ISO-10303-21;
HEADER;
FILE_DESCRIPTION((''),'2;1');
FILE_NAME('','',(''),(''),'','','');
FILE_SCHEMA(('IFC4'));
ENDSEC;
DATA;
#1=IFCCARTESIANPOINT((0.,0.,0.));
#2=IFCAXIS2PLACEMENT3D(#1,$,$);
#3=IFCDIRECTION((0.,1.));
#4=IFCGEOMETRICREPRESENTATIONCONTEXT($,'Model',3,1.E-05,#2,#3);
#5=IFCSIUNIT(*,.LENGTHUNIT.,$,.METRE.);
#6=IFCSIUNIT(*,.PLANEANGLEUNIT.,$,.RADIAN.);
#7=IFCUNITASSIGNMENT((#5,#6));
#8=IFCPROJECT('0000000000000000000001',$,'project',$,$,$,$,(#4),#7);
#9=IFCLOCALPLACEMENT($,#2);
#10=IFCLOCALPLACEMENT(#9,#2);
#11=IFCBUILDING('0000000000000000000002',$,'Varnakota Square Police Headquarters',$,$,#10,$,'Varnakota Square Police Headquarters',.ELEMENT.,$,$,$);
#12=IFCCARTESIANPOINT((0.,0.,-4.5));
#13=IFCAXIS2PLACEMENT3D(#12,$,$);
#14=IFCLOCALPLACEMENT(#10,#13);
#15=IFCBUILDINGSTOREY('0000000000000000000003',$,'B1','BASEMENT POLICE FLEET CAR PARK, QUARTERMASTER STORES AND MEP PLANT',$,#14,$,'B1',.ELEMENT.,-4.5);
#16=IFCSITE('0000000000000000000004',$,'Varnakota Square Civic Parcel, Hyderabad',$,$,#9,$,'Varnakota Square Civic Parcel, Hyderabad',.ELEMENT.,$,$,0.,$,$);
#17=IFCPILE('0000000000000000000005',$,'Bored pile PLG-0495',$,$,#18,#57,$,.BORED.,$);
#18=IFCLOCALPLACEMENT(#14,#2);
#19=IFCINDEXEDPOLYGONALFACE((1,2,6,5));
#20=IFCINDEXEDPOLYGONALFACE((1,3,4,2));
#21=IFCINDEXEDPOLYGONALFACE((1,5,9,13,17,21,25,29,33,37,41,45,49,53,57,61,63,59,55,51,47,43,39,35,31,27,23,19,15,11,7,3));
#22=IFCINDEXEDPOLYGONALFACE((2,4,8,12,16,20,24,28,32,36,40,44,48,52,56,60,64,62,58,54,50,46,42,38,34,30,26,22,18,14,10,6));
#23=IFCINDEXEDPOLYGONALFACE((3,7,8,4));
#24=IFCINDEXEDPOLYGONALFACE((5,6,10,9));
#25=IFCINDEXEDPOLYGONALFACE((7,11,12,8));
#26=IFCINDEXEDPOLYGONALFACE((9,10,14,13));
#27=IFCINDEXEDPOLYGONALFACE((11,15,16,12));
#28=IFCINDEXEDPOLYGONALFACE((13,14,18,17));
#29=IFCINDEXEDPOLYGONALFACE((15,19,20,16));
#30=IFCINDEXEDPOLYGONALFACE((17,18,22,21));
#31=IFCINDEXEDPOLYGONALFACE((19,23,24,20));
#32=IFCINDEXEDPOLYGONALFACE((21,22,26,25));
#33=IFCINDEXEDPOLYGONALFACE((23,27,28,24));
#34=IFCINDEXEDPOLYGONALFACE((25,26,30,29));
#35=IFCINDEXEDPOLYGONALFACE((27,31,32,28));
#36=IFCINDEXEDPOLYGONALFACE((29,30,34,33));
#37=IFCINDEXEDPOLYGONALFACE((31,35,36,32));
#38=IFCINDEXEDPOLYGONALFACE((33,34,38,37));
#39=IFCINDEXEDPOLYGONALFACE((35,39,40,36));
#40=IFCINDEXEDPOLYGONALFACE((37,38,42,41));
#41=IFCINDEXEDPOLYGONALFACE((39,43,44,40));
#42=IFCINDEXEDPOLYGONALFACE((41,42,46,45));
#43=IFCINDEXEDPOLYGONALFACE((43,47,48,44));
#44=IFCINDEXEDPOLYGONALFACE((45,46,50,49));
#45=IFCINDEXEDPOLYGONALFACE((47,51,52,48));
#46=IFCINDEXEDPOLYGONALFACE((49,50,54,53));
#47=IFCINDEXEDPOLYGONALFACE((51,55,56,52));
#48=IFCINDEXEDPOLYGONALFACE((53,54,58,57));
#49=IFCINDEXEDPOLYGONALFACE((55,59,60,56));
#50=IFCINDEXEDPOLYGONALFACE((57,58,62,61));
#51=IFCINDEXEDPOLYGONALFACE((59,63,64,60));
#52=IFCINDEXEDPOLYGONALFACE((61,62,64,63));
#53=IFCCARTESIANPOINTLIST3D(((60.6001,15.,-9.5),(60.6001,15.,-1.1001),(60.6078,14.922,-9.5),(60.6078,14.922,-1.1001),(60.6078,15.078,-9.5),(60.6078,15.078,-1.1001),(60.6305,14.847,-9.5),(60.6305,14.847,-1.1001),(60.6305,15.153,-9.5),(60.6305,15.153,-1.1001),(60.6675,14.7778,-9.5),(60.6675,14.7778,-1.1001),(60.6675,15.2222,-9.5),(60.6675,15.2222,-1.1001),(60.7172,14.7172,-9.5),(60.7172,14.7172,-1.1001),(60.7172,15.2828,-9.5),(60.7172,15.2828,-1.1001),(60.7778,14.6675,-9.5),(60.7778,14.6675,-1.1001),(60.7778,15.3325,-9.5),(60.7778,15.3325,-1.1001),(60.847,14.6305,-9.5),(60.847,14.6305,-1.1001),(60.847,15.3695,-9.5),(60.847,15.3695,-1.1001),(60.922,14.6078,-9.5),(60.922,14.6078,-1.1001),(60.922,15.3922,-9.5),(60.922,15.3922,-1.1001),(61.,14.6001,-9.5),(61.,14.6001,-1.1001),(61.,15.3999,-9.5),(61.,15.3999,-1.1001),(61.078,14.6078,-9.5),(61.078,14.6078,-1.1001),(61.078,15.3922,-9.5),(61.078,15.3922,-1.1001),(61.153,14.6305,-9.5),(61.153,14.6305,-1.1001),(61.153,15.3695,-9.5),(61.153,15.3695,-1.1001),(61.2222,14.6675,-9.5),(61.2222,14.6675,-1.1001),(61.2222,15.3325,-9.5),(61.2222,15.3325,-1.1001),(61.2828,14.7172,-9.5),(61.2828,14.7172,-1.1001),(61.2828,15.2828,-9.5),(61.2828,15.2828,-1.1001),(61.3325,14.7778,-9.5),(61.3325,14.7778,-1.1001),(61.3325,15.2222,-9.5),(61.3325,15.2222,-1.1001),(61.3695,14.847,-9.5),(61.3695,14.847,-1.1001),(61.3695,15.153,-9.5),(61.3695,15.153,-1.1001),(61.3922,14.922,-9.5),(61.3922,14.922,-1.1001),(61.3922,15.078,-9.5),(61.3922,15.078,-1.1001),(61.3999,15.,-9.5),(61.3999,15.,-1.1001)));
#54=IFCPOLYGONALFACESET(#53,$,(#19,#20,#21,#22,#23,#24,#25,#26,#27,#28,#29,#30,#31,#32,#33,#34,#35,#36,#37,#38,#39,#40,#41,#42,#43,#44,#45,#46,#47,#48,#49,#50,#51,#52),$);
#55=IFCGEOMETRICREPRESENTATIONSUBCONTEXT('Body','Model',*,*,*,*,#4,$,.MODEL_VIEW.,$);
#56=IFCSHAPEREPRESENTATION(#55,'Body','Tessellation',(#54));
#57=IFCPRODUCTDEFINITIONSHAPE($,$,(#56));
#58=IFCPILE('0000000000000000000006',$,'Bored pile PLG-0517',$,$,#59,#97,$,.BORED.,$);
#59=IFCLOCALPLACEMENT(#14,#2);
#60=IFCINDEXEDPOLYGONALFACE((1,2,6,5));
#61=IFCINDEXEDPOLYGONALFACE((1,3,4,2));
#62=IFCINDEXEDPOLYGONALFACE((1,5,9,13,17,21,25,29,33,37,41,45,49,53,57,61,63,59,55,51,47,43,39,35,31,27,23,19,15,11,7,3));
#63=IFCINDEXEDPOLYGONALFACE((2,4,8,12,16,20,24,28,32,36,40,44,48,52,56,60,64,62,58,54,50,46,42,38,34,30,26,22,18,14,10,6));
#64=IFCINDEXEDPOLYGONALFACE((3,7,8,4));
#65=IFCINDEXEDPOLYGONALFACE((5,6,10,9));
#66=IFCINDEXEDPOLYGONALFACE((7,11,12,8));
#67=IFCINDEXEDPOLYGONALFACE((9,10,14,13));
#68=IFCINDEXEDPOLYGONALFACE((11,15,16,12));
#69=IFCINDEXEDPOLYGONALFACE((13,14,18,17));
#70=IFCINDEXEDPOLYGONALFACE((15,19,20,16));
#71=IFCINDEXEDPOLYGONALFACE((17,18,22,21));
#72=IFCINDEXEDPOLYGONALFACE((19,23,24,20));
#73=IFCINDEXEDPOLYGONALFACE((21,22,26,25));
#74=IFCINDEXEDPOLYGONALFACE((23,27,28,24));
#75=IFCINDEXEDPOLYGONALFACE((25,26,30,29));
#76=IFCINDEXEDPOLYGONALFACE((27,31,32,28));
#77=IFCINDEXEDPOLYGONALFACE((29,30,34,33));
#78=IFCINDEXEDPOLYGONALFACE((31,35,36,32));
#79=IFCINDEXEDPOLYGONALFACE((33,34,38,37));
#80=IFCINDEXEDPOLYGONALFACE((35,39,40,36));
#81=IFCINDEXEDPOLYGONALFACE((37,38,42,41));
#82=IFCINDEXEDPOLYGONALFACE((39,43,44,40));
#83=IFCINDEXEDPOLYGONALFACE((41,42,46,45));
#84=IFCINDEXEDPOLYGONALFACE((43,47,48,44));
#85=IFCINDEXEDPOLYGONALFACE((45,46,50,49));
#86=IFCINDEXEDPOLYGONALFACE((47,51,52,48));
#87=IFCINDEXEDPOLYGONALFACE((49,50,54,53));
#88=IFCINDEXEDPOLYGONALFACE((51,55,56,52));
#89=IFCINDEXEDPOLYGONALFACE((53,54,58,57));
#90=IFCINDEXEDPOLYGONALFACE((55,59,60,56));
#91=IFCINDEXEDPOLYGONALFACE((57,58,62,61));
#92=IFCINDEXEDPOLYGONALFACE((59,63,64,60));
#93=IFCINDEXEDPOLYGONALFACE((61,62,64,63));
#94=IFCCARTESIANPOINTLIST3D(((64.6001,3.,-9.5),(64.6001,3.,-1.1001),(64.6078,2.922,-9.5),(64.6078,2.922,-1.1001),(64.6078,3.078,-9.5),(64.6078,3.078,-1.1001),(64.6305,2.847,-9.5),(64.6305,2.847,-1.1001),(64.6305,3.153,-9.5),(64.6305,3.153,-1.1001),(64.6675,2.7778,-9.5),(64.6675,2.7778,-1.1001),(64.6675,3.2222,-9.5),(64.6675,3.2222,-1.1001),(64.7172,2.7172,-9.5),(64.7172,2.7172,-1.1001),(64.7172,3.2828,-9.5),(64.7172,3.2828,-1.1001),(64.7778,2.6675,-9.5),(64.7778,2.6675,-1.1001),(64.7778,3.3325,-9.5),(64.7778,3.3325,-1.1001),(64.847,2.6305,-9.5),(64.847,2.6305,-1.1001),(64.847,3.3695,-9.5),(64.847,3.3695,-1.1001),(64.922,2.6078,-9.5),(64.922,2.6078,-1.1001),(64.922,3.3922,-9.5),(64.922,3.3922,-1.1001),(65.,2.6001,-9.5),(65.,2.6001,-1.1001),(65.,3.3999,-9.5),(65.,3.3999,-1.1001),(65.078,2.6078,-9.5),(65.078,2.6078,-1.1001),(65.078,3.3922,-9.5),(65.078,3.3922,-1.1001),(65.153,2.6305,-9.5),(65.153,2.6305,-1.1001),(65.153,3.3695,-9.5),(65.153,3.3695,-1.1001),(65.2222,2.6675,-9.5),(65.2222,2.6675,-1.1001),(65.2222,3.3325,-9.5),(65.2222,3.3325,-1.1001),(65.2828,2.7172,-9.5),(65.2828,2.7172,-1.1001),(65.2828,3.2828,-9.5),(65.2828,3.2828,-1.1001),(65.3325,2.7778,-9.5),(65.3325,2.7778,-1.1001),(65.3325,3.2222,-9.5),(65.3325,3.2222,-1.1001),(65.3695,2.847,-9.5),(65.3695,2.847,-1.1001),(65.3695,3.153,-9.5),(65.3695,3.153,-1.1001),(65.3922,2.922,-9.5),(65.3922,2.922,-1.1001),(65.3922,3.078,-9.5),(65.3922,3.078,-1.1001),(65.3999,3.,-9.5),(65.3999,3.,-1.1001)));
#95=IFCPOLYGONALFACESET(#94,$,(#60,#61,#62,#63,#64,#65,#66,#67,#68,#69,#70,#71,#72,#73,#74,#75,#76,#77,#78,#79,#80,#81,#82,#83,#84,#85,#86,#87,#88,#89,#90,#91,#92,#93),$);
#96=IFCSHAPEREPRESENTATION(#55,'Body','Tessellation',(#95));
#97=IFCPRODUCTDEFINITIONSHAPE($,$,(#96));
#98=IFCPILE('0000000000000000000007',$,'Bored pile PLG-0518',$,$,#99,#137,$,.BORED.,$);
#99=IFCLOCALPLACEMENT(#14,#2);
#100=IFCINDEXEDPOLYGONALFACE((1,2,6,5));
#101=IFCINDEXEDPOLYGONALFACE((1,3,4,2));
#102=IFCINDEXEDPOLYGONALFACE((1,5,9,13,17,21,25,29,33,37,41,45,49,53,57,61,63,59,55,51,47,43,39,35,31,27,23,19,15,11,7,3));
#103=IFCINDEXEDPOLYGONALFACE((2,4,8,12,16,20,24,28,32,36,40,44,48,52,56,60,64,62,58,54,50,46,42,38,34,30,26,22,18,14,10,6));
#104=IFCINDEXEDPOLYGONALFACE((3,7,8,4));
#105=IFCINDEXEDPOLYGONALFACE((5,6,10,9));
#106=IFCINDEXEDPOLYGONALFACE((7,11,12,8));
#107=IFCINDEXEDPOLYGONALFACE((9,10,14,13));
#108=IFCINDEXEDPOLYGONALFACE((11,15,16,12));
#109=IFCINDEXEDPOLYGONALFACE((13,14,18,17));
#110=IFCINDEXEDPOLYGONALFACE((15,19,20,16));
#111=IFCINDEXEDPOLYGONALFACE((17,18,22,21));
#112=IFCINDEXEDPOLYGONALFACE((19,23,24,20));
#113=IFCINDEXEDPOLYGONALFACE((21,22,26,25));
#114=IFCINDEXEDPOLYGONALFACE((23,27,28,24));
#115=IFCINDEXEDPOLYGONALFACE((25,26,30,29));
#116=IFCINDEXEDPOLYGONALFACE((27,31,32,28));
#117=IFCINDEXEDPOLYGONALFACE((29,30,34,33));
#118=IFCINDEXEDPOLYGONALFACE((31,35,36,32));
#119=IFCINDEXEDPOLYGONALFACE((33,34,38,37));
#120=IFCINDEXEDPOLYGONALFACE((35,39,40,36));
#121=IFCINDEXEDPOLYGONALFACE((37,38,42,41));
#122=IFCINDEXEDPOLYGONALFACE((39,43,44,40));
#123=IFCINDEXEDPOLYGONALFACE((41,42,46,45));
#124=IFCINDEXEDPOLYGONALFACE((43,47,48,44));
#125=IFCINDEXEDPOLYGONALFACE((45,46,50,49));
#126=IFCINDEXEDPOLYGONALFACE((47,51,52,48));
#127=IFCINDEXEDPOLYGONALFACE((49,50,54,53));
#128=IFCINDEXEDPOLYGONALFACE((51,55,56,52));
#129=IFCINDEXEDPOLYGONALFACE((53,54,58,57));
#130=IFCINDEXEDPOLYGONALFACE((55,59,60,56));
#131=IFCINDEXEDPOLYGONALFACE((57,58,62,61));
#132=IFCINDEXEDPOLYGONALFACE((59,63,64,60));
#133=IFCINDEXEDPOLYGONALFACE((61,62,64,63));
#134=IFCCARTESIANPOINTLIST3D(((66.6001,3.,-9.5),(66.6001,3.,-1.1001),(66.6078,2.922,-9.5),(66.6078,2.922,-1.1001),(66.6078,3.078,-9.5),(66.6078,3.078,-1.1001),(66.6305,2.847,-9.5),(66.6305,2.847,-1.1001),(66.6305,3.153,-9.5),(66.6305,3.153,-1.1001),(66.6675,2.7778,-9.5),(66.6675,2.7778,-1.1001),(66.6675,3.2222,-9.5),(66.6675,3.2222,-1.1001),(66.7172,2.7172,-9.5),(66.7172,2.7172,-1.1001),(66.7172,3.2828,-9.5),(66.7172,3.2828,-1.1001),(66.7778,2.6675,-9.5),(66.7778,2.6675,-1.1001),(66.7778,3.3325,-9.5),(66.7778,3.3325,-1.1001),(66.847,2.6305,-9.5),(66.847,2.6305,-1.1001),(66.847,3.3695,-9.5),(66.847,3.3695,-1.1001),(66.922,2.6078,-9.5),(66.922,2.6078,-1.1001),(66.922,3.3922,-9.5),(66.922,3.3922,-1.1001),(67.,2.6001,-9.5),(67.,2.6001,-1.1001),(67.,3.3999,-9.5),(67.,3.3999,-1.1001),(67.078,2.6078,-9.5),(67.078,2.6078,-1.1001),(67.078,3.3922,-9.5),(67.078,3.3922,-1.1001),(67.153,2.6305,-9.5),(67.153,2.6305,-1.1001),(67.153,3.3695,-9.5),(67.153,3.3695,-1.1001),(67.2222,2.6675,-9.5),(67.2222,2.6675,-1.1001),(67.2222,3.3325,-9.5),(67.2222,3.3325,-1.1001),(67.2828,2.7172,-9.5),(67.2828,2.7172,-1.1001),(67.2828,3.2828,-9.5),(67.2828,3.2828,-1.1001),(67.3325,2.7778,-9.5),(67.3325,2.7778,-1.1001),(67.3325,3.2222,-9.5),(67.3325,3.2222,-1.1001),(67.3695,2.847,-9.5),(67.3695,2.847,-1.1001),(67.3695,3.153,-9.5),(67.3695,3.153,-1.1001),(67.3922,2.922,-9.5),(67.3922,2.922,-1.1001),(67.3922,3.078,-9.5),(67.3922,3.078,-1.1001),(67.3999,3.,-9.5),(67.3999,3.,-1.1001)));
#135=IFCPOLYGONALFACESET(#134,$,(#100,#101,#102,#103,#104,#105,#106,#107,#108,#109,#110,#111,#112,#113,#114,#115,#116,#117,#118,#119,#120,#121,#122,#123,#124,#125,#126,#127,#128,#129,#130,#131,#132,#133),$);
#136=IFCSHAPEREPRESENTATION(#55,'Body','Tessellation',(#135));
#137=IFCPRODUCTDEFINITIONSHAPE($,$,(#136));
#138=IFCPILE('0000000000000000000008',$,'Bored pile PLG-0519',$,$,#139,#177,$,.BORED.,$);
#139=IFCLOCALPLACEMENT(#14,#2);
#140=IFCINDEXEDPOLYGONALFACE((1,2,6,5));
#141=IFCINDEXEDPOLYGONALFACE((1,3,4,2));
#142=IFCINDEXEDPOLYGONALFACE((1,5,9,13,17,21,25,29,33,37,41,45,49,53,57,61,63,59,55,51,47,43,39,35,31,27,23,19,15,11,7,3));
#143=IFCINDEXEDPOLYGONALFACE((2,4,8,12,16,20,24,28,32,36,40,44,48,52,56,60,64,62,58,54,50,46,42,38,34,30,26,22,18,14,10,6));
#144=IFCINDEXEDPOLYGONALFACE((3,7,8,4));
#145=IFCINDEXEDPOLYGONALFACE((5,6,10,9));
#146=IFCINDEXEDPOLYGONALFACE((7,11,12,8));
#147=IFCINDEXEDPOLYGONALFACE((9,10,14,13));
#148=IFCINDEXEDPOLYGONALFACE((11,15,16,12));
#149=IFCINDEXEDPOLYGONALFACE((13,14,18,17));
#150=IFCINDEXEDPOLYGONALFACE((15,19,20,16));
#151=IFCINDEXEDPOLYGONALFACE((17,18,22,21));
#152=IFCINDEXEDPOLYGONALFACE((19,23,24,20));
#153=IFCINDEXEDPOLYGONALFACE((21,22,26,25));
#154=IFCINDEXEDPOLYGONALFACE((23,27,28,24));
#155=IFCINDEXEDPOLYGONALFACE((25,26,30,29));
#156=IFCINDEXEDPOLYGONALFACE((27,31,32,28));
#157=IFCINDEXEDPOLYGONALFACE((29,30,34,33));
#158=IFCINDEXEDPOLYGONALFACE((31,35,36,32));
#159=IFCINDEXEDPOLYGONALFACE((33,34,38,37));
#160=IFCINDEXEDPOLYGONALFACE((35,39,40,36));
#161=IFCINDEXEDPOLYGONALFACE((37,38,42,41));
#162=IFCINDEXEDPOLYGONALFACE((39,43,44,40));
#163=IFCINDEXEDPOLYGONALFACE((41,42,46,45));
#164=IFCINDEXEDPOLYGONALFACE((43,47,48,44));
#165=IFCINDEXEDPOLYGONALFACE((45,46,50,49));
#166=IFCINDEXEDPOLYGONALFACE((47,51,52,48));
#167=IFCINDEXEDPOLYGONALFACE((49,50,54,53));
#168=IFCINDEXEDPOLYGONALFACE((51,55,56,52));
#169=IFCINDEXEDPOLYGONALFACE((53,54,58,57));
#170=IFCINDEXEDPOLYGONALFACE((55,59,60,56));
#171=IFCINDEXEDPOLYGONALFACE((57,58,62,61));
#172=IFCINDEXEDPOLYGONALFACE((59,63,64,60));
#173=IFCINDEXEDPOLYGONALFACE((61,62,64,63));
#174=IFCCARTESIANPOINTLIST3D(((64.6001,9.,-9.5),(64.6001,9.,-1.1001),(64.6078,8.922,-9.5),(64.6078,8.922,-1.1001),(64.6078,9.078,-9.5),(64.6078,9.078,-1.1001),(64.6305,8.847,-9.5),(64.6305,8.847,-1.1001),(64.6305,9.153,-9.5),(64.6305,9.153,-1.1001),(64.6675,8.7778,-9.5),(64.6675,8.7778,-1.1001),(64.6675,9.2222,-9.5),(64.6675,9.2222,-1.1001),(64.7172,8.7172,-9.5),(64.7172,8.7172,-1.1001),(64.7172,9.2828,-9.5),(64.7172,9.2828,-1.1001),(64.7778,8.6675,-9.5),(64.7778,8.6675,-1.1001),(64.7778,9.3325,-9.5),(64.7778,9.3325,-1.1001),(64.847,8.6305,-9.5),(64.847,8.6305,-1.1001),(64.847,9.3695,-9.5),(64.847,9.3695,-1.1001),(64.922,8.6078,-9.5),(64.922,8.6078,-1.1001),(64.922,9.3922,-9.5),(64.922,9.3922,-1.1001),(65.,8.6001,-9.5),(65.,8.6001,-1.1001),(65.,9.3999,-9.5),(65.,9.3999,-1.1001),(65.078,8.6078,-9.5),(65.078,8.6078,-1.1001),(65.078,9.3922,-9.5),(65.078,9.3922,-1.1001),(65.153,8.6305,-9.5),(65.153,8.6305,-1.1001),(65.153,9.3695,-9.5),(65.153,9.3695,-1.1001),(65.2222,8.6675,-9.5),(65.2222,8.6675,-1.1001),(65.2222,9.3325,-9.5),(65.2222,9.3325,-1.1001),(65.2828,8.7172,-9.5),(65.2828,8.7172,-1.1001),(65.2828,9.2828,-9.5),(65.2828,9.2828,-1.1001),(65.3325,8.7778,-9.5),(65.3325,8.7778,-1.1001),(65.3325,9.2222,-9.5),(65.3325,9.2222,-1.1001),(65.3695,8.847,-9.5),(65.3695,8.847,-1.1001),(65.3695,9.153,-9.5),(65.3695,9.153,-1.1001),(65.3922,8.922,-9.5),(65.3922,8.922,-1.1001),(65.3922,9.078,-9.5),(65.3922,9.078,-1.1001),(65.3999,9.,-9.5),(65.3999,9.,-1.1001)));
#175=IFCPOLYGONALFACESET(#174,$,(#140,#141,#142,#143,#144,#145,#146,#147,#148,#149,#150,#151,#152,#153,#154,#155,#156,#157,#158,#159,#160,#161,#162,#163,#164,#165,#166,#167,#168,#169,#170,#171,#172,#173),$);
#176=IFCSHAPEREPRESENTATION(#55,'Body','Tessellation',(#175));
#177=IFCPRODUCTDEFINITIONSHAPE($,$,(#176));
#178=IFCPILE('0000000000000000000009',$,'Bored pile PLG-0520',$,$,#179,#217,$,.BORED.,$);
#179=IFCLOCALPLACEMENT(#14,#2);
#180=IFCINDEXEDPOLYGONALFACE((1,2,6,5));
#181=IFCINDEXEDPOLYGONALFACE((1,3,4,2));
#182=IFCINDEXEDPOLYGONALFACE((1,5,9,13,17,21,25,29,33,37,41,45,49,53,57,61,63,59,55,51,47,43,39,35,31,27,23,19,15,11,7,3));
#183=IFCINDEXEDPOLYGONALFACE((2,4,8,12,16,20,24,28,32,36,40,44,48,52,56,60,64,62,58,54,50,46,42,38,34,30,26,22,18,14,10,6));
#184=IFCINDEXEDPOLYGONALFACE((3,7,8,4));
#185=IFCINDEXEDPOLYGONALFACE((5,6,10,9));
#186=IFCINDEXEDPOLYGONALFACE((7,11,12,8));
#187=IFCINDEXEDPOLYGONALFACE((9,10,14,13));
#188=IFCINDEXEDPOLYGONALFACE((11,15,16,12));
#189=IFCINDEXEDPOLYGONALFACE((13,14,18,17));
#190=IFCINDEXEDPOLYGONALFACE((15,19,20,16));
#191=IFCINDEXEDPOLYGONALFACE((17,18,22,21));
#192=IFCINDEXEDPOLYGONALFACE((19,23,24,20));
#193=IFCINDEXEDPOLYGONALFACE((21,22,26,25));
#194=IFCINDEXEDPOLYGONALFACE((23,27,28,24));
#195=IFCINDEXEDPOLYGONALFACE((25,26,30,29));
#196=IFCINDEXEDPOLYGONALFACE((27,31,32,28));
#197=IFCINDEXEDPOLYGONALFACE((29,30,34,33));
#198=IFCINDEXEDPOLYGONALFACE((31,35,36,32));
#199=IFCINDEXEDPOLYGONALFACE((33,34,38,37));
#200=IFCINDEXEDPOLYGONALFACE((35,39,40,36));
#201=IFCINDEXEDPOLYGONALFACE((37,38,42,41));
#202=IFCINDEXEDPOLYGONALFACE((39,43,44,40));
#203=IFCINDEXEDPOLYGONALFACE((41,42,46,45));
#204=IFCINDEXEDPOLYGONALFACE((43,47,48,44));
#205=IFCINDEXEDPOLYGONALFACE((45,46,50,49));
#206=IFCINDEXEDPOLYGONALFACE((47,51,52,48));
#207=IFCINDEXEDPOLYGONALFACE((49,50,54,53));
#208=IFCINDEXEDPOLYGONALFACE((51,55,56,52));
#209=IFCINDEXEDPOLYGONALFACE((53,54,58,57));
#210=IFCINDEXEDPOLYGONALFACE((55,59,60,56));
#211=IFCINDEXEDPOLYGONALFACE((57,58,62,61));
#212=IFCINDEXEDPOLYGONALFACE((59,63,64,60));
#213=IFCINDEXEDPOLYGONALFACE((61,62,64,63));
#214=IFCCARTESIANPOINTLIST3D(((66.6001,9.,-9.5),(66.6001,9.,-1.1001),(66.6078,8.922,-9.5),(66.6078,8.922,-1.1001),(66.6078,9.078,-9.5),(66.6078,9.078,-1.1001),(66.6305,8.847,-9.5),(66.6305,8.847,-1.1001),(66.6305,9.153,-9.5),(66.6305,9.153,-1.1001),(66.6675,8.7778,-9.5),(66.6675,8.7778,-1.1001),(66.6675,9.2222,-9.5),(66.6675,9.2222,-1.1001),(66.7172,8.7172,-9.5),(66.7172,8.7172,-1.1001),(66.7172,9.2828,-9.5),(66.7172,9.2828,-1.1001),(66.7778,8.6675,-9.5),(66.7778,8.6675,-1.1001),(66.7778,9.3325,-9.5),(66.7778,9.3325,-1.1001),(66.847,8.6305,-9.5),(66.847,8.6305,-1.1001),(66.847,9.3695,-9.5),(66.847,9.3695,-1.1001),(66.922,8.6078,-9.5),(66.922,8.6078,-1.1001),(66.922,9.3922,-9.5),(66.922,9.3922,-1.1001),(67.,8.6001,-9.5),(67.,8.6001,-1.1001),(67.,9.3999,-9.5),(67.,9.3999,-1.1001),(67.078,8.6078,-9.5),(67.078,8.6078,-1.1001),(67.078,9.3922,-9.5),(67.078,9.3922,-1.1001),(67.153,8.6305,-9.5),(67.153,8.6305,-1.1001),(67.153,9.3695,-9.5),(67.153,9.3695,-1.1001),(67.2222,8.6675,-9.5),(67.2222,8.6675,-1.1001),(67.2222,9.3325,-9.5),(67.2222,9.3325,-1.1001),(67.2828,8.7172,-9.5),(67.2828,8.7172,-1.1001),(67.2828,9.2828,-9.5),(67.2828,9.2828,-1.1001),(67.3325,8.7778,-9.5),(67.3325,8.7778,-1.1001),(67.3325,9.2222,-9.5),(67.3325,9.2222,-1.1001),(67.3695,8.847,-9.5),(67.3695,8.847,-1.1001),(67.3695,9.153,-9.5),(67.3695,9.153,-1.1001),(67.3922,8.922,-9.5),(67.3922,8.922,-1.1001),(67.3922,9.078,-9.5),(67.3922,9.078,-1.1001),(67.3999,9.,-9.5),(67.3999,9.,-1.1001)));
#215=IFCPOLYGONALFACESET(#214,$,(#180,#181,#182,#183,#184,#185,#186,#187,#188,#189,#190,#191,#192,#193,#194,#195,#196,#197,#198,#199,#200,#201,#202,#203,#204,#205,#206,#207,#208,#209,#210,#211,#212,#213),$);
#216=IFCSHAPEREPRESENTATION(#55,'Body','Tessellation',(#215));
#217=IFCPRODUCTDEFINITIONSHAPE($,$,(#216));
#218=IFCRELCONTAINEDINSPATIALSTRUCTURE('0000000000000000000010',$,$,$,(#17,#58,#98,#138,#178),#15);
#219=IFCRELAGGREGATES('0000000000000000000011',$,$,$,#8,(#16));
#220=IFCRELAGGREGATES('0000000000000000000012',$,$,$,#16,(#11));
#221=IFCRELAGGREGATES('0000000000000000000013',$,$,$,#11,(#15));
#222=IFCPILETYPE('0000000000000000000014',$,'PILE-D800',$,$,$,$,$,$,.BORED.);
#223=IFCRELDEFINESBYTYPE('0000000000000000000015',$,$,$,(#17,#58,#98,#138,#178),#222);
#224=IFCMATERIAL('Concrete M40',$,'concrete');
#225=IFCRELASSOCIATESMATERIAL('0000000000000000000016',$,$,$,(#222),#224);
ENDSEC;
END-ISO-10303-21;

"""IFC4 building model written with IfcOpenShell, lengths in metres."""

from ifc_helpers import new_model, si_unit, direction, frame, origin, origin_2d, place, context, subcontext, project, spatial, circle, extrude, material, material_profile, profile_set, type_object, element, save


model = new_model("IFC4")

# Units and contexts
model_context = context("Model", 3, precision=1e-05, world=origin(), true_north=direction((0.0, 1.0)))
body_context = subcontext(model_context, "Body", "Model", "MODEL_VIEW")
ifc_project = project(units=[si_unit("LENGTHUNIT", "METRE"), si_unit("PLANEANGLEUNIT", "RADIAN")], contexts=[model_context])

# Site, building, storey
site_placement = place(None, origin())
site = spatial("IfcSite", under=ifc_project, at=site_placement, Name="Varnakota Square Civic Parcel, Hyderabad", LongName="Varnakota Square Civic Parcel, Hyderabad", CompositionType="ELEMENT", RefElevation=0.0)
building_placement = place(site_placement, origin())
building = spatial("IfcBuilding", under=site, at=building_placement, Name="Varnakota Square Police Headquarters", LongName="Varnakota Square Police Headquarters", CompositionType="ELEMENT")
storey_placement = place(building_placement, frame((0.0, 0.0, -4.5)))
storey = spatial("IfcBuildingStorey", under=building, at=storey_placement, Name="B1", Description="BASEMENT POLICE FLEET CAR PARK, QUARTERMASTER STORES AND MEP PLANT", LongName="B1", CompositionType="ELEMENT", Elevation=-4.5)

# Shared definitions
ifc_material_1 = material(Name="Concrete M40", Category="concrete")

# Piles
ifc_material_profile_1 = material_profile(ifc_material_1, circle(Radius=0.3999, at=origin_2d()), Name="BORED PILE 800")
ifc_profile_set_1 = profile_set([ifc_material_profile_1], Name="Concrete M40")
pile_type = type_object("IfcPileType", Name="PILE-D800", PredefinedType="BORED", material=ifc_profile_set_1)
for number, where, z_axis, x_axis, name in (
    (1, (61.0, 15.0, -1.1001), (0.0, 0.0, -1.0), (1.0, 0.0, 0.0), "Bored pile PLG-0495"),
    (2, (65.0, 3.0, -1.1001), (0.0, 0.0, -1.0), (1.0, 0.0, 0.0), "Bored pile PLG-0517"),
    (3, (67.0, 3.0, -1.1001), (0.0, 0.0, -1.0), (1.0, 0.0, 0.0), "Bored pile PLG-0518"),
    (4, (65.0, 9.0, -1.1001), (0.0, 0.0, -1.0), (1.0, 0.0, 0.0), "Bored pile PLG-0519"),
    (5, (67.0, 9.0, -1.1001), (0.0, 0.0, -1.0), (1.0, 0.0, 0.0), "Bored pile PLG-0520"),
):
    element("IfcPile", number, at=place(storey_placement, frame(where, z_axis=z_axis, x_axis=x_axis)), inside=storey, type_object=pile_type, Name=name, PredefinedType="BORED", context=body_context, shape_type="SweptSolid", body=[
        extrude(circle(Radius=0.3999, at=origin_2d()), origin(), (0.0, 0.0, 1.0), 8.3999),
    ])

save(model, "model.ifc")
